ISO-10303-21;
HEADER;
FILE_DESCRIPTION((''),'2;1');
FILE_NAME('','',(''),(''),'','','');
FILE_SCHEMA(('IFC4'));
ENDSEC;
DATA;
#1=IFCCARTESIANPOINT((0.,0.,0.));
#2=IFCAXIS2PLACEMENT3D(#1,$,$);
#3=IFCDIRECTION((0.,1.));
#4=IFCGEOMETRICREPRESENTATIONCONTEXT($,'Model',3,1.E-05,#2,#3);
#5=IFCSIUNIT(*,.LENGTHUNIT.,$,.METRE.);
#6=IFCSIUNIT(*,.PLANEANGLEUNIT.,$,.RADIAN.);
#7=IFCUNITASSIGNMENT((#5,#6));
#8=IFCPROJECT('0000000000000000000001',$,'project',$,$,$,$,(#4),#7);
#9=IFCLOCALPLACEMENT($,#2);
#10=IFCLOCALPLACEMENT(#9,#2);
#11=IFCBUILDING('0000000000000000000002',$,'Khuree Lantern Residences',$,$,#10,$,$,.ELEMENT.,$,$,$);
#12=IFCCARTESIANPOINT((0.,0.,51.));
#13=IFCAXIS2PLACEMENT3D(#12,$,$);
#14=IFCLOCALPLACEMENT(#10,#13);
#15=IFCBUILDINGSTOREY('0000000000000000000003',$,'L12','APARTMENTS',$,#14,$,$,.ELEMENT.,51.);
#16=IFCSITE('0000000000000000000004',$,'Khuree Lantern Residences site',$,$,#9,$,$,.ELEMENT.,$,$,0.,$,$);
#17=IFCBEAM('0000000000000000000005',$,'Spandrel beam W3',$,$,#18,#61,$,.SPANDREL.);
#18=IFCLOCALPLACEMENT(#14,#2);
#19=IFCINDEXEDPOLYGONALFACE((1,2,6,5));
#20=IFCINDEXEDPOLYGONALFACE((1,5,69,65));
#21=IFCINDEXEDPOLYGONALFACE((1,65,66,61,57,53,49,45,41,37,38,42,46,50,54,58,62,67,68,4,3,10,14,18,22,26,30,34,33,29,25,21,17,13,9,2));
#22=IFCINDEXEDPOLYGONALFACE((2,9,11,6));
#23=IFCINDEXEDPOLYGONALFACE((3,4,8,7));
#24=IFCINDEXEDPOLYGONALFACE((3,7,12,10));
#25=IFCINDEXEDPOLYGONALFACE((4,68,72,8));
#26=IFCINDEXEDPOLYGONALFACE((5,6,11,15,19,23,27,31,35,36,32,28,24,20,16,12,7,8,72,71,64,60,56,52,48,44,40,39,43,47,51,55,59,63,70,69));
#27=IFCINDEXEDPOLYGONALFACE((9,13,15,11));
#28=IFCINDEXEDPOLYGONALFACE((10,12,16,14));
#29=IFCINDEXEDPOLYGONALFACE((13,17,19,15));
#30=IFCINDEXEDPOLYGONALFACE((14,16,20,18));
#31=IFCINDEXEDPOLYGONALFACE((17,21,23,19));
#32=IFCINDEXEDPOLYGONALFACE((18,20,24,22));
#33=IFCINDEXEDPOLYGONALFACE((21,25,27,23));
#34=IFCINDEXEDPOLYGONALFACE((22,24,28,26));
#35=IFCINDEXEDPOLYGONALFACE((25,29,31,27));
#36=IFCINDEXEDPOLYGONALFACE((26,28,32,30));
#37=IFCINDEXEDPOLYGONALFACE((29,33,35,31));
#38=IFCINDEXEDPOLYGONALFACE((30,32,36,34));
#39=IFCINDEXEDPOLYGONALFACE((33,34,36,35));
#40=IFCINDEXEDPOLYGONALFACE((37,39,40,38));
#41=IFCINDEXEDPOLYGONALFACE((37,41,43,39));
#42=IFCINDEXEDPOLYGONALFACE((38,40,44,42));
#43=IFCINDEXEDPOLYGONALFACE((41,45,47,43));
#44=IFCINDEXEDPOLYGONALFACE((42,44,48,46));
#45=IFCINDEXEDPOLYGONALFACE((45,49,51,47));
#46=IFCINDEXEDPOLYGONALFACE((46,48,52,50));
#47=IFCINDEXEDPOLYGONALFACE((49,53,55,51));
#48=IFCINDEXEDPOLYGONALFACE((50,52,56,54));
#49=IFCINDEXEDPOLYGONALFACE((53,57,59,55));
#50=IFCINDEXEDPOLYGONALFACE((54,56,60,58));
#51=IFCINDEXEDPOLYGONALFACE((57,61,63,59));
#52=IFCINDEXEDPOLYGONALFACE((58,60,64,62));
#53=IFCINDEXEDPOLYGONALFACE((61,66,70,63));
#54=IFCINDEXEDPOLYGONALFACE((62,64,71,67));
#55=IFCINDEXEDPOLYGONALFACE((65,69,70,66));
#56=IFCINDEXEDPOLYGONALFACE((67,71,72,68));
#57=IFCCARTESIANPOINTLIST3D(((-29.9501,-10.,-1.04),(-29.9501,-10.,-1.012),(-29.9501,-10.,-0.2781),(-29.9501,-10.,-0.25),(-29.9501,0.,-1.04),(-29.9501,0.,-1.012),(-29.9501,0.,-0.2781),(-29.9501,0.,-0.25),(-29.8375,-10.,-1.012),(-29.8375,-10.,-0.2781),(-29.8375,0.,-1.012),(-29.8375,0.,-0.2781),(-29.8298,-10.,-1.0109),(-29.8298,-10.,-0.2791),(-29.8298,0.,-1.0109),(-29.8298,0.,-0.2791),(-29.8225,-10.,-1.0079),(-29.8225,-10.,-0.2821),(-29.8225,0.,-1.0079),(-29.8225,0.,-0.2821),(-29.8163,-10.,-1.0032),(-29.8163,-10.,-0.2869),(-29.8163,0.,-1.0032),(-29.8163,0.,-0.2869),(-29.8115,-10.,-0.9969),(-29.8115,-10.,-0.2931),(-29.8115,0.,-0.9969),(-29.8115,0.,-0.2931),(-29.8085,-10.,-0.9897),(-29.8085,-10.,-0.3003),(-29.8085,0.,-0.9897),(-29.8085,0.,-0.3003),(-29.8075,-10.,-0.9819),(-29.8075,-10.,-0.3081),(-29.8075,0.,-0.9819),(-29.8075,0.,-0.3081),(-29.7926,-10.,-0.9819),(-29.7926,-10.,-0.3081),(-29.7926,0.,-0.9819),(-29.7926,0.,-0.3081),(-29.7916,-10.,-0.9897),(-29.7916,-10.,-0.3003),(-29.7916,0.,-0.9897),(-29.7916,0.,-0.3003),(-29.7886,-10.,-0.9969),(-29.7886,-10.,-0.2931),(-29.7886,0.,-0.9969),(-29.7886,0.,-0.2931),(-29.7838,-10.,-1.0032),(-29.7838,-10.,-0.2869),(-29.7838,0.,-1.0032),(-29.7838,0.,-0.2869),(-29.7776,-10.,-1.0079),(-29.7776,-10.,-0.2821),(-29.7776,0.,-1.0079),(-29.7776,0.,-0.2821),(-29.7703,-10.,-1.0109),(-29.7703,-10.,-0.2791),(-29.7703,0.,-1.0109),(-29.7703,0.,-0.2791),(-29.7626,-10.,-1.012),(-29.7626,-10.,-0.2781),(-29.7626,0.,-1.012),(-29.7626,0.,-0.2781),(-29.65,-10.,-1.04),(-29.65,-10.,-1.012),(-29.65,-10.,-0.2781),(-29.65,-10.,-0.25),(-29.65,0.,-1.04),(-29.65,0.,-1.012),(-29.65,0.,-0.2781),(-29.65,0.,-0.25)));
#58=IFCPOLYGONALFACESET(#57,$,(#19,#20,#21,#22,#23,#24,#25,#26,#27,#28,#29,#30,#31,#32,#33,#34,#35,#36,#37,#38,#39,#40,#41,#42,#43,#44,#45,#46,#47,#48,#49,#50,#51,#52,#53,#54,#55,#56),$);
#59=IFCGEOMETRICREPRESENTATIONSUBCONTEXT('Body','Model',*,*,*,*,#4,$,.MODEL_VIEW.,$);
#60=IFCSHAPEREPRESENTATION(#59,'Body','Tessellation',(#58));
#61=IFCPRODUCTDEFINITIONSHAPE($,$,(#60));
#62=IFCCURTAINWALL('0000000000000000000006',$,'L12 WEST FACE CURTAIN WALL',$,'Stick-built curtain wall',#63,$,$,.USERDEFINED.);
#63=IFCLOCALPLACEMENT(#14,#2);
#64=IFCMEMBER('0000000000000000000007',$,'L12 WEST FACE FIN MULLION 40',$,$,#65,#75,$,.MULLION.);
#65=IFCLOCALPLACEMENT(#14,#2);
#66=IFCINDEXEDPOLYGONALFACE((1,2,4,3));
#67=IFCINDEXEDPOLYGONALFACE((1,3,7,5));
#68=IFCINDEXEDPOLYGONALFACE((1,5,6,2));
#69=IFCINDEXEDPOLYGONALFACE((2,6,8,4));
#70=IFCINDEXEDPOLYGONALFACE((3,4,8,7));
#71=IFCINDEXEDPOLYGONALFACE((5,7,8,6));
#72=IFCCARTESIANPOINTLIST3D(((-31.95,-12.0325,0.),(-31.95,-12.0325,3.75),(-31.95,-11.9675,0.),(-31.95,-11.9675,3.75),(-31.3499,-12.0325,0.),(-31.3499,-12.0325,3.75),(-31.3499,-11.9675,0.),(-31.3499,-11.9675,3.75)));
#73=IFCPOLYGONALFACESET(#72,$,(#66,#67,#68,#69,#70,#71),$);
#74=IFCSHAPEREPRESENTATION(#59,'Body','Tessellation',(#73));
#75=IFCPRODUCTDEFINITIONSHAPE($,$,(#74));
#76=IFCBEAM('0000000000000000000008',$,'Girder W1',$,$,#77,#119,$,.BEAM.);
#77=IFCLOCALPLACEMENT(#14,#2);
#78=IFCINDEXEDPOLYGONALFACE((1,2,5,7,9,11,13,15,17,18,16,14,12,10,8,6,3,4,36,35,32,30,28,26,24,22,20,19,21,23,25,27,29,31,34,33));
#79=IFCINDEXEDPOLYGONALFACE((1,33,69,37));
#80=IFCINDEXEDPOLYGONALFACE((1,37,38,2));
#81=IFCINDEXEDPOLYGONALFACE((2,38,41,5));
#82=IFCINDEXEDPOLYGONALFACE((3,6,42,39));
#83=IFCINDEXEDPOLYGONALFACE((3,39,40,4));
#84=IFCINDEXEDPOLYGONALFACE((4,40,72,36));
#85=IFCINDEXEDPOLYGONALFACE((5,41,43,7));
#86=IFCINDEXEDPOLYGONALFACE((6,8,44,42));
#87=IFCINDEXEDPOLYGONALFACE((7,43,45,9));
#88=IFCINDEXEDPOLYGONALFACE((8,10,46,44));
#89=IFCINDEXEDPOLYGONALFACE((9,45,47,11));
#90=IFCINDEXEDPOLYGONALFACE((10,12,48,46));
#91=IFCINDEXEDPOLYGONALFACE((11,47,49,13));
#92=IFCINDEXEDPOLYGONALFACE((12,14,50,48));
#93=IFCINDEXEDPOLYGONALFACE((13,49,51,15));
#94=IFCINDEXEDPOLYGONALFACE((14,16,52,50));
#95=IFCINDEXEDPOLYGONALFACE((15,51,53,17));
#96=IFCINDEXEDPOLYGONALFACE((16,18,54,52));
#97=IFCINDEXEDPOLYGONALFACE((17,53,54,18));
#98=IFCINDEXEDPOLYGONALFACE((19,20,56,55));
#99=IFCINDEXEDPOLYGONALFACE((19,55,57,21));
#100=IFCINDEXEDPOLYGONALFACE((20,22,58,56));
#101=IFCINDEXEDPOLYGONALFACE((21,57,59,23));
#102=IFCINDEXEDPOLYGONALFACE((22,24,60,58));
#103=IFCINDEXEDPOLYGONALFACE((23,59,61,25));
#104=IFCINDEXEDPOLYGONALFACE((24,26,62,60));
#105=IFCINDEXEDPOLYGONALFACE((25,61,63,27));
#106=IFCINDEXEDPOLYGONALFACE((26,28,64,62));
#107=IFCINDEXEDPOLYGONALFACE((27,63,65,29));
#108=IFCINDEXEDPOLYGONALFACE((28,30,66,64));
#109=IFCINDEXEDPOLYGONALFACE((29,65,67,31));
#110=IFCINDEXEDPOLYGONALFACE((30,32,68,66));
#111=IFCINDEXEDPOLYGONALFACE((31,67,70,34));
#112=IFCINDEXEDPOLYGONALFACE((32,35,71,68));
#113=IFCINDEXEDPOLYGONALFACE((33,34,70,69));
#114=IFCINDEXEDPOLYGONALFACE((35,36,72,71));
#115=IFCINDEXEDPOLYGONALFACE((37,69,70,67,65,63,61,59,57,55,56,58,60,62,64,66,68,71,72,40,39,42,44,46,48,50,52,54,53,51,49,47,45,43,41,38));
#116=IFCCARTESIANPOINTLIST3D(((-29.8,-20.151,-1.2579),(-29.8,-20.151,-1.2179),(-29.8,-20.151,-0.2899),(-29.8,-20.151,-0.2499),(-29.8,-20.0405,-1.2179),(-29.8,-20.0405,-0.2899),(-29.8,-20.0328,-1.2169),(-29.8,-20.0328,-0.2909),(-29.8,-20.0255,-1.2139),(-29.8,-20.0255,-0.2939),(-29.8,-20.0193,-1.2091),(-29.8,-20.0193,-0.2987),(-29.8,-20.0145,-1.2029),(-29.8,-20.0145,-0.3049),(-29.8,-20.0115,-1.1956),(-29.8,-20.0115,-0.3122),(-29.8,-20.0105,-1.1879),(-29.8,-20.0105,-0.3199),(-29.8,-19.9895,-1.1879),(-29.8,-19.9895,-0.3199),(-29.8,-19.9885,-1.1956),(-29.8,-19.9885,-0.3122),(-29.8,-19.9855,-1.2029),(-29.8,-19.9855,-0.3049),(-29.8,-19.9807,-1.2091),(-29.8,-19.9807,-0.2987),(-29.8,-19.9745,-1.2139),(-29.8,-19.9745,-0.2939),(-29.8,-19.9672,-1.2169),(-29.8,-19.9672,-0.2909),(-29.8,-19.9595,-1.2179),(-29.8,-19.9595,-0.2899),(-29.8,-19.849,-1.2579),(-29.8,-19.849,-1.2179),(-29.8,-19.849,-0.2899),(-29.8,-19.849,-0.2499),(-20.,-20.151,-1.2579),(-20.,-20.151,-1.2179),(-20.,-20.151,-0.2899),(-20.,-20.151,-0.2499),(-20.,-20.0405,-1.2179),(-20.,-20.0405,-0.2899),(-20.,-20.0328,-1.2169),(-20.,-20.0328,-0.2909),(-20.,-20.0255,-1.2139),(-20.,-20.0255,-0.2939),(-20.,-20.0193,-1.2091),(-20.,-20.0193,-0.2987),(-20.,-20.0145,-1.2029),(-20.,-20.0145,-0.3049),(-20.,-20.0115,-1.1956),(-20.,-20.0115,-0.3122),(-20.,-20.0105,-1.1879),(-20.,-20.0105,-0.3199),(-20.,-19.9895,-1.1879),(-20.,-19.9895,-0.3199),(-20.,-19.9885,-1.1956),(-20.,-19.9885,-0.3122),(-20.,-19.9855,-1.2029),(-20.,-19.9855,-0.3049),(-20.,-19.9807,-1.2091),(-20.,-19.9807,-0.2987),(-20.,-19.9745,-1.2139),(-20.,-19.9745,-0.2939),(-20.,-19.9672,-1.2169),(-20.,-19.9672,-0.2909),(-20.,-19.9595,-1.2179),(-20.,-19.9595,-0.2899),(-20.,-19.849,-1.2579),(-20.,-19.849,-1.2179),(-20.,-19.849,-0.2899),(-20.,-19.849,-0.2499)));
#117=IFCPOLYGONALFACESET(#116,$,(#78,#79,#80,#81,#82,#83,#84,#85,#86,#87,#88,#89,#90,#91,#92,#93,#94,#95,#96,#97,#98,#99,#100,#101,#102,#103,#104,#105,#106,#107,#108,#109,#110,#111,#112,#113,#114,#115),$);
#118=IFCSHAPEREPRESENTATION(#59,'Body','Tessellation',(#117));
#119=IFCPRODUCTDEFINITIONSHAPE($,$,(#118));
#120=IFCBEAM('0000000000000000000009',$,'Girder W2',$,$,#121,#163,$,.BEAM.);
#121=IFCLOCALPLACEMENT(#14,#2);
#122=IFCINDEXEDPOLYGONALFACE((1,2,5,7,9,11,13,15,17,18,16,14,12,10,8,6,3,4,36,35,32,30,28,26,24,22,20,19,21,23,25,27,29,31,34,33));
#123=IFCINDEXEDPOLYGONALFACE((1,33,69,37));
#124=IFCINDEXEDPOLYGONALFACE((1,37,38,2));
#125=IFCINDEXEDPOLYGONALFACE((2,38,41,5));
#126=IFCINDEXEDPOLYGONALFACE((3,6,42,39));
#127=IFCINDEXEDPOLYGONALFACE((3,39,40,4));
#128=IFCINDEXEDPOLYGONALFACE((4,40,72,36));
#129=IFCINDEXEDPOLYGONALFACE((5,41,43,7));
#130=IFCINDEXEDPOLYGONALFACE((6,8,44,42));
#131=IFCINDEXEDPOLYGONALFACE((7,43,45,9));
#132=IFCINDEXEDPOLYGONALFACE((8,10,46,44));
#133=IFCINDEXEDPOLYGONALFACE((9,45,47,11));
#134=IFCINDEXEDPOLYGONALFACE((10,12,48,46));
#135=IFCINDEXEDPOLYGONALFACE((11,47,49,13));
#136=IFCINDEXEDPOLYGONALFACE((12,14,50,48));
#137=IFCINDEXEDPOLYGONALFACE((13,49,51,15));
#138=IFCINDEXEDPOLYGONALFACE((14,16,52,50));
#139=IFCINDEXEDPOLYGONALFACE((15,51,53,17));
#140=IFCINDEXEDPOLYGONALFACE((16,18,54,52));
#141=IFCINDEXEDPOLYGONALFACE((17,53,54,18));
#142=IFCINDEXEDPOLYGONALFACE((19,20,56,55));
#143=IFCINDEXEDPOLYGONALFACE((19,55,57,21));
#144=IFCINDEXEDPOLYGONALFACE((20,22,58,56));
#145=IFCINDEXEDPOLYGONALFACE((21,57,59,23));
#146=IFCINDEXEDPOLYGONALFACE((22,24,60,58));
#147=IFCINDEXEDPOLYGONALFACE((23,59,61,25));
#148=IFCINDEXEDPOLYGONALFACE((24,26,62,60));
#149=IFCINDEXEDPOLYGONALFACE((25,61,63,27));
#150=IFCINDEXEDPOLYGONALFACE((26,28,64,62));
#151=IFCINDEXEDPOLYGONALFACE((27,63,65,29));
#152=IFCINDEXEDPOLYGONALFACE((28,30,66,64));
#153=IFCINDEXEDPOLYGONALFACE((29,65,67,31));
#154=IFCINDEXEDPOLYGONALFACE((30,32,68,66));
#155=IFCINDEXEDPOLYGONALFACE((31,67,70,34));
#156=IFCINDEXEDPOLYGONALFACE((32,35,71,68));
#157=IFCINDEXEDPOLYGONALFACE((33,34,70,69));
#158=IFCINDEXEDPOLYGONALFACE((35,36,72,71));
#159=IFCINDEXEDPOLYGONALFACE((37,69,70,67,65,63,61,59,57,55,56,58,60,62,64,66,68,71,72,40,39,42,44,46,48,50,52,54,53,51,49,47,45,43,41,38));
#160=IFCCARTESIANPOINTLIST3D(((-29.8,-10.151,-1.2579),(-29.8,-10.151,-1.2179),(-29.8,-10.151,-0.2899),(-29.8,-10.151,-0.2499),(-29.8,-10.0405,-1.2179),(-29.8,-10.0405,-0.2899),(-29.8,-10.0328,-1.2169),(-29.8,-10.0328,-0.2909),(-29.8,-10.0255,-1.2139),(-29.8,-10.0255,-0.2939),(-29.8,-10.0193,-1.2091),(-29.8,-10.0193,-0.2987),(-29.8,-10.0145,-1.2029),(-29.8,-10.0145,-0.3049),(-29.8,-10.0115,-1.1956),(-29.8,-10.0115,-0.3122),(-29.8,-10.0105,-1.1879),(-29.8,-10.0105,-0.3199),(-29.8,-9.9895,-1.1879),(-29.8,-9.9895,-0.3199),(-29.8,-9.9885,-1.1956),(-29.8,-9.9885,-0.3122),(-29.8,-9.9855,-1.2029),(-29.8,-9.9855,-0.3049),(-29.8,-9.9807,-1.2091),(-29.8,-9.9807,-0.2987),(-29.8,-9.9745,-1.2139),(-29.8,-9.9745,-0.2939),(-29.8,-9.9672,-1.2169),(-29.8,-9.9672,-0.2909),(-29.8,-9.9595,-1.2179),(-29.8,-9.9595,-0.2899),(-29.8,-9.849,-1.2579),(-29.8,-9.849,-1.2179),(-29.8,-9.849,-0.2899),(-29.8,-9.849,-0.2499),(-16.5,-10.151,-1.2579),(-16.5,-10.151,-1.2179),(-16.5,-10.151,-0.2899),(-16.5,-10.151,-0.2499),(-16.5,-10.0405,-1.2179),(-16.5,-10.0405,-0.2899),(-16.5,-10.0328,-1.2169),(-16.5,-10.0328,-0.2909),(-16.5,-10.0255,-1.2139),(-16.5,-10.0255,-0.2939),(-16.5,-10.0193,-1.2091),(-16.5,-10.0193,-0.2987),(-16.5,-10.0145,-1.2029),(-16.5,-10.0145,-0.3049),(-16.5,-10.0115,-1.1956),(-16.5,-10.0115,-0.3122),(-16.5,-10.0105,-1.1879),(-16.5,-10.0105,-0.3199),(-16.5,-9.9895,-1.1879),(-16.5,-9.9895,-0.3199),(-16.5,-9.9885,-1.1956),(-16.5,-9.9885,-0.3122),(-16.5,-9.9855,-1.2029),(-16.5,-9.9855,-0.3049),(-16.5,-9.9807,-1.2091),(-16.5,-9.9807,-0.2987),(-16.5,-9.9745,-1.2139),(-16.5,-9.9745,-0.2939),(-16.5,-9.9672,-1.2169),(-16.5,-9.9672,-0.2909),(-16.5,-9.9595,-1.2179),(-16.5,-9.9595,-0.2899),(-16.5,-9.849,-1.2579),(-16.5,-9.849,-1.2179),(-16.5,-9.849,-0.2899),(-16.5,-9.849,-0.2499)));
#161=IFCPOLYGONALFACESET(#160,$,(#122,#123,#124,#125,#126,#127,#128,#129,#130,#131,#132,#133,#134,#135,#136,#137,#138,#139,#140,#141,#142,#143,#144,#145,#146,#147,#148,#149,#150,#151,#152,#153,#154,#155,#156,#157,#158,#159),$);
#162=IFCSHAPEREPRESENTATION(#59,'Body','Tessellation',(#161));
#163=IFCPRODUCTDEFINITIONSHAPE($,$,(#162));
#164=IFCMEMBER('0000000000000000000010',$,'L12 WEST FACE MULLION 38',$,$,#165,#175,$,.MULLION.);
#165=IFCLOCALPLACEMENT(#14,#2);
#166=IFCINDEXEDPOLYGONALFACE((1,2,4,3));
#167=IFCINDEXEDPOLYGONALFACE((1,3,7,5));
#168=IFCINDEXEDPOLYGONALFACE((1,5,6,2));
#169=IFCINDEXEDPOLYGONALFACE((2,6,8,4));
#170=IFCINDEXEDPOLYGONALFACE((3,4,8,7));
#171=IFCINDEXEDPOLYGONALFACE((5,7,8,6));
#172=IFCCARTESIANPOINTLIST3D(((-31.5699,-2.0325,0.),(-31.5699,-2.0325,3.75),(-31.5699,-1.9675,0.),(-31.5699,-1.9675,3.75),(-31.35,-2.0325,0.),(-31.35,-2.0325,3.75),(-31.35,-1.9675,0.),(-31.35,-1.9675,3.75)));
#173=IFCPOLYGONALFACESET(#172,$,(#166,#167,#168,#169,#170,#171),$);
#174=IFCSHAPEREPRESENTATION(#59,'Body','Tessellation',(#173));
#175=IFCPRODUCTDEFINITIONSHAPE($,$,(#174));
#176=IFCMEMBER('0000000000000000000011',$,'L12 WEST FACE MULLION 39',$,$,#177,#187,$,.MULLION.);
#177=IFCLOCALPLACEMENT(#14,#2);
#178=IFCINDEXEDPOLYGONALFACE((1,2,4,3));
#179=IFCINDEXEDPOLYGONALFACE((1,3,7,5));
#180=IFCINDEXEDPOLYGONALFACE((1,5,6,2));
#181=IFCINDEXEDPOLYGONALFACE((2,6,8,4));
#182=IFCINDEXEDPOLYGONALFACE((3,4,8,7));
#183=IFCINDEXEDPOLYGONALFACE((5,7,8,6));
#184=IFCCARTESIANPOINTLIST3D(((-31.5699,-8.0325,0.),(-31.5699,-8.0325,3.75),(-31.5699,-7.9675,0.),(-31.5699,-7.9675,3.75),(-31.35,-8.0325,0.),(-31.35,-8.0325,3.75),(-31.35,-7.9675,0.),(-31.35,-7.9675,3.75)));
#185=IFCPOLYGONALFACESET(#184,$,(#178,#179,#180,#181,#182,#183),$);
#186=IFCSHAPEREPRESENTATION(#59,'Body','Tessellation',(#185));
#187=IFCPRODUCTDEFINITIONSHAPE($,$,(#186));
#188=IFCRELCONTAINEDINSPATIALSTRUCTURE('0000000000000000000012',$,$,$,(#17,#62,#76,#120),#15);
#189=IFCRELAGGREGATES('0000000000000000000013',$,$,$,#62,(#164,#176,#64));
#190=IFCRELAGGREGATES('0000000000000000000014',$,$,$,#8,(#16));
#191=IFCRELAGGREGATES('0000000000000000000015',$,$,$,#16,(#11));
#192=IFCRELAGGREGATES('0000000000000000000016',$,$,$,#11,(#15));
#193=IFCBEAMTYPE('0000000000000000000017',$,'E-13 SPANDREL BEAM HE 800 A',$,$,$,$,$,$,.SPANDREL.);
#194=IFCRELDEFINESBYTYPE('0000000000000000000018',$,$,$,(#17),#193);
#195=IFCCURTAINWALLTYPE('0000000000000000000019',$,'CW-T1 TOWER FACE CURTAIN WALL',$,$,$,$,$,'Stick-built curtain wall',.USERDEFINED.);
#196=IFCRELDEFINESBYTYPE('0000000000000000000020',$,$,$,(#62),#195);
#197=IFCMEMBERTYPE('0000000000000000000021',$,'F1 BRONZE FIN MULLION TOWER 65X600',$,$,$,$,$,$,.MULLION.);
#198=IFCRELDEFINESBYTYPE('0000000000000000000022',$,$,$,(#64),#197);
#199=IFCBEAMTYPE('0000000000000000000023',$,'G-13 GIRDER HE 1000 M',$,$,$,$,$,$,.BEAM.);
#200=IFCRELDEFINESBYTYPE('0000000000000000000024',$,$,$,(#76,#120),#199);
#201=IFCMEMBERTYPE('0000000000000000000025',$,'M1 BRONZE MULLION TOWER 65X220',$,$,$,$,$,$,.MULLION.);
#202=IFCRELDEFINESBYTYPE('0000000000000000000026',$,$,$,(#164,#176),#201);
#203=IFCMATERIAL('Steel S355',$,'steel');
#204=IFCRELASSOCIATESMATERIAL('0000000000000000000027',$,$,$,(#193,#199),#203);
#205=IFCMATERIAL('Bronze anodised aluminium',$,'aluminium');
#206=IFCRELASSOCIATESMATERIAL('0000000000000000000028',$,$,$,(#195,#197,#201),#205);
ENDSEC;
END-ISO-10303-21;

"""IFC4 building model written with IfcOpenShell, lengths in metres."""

from ifc_helpers import new_model, si_unit, direction, frame, origin, origin_2d, place, context, subcontext, project, spatial, rectangle, i_section, extrude, material, material_profile, profile_set, type_object, element, aggregate, save


model = new_model("IFC4")

# Units and contexts
model_context = context("Model", 3, precision=1e-05, world=origin(), true_north=direction((0.0, 1.0)))
body_context = subcontext(model_context, "Body", "Model", "MODEL_VIEW")
ifc_project = project(units=[si_unit("LENGTHUNIT", "METRE"), si_unit("PLANEANGLEUNIT", "RADIAN")], contexts=[model_context])

# Site, building, storey
site_placement = place(None, origin())
site = spatial("IfcSite", under=ifc_project, at=site_placement, Name="Khuree Lantern Residences site", CompositionType="ELEMENT", RefElevation=0.0)
building_placement = place(site_placement, origin())
building = spatial("IfcBuilding", under=site, at=building_placement, Name="Khuree Lantern Residences", CompositionType="ELEMENT")
storey_placement = place(building_placement, frame((0.0, 0.0, 51.0)))
storey = spatial("IfcBuildingStorey", under=building, at=storey_placement, Name="L12", Description="APARTMENTS", CompositionType="ELEMENT", Elevation=51.0)

# Beam
ifc_material_1 = material(Name="Steel S355", Category="steel")
ifc_material_profile_1 = material_profile(ifc_material_1, i_section(OverallWidth=0.3, OverallDepth=0.79, WebThickness=0.0149, FlangeThickness=0.0281, FilletRadius=0.03, at=origin_2d()), Name="HE 800 A")
ifc_profile_set_1 = profile_set([ifc_material_profile_1], Name="Steel S355")
beam_type_1 = type_object("IfcBeamType", Name="E-13 SPANDREL BEAM HE 800 A", PredefinedType="SPANDREL", material=ifc_profile_set_1)
for number, where, z_axis, x_axis, name in (
    (1, (-29.8, -10.0, -0.645), (0.0, 1.0, 0.0), (-1.0, 0.0, 0.0), "Spandrel beam W3"),
):
    element("IfcBeam", number, at=place(storey_placement, frame(where, z_axis=z_axis, x_axis=x_axis)), inside=storey, type_object=beam_type_1, Name=name, PredefinedType="SPANDREL", context=body_context, shape_type="SweptSolid", body=[
        extrude(i_section(OverallWidth=0.3, OverallDepth=0.79, WebThickness=0.0149, FlangeThickness=0.0281, FilletRadius=0.03, at=origin_2d()), origin(), (0.0, 0.0, 1.0), 10.0),
    ])

# Curtain wall, member
ifc_material_2 = material(Name="Bronze anodised aluminium", Category="aluminium")
curtain_wall_type = type_object("IfcCurtainWallType", Name="CW-T1 TOWER FACE CURTAIN WALL", ElementType="Stick-built curtain wall", PredefinedType="USERDEFINED", material=ifc_material_2)
curtain_wall_placement = place(storey_placement, origin())
curtain_wall = element("IfcCurtainWall", 2, at=curtain_wall_placement, inside=storey, type_object=curtain_wall_type, Name="L12 WEST FACE CURTAIN WALL", ObjectType="Stick-built curtain wall", PredefinedType="USERDEFINED")
ifc_material_profile_2 = material_profile(ifc_material_2, rectangle(XDim=0.0649, YDim=0.6001, at=origin_2d()), Name="F1 65X600")
ifc_profile_set_2 = profile_set([ifc_material_profile_2], Name="Bronze anodised aluminium")
member_type_1 = type_object("IfcMemberType", Name="F1 BRONZE FIN MULLION TOWER 65X600", PredefinedType="MULLION", material=ifc_profile_set_2)
member_1_placement = place(storey_placement, frame((-31.6499, -12.0, 0.0), z_axis=(0.0, 0.0, 1.0), x_axis=(0.0, -1.0, 0.0)))
member_1 = element("IfcMember", 3, at=member_1_placement, type_object=member_type_1, Name="L12 WEST FACE FIN MULLION 40", PredefinedType="MULLION", context=body_context, shape_type="SweptSolid", body=[
    extrude(rectangle(XDim=0.0649, YDim=0.6001, at=origin_2d()), origin(), (0.0, 0.0, 1.0), 3.75),
])

# Beams
ifc_material_profile_3 = material_profile(ifc_material_1, i_section(OverallWidth=0.302, OverallDepth=1.0081, WebThickness=0.021, FlangeThickness=0.04, FilletRadius=0.03, at=origin_2d()), Name="HE 1000 M")
ifc_profile_set_3 = profile_set([ifc_material_profile_3], Name="Steel S355")
beam_type_2 = type_object("IfcBeamType", Name="G-13 GIRDER HE 1000 M", PredefinedType="BEAM", material=ifc_profile_set_3)
beam_1_placement = place(storey_placement, frame((-29.8, -20.0, -0.7539), z_axis=(1.0, 0.0, 0.0), x_axis=(0.0, 1.0, 0.0)))
element("IfcBeam", 4, at=beam_1_placement, inside=storey, type_object=beam_type_2, Name="Girder W1", PredefinedType="BEAM", context=body_context, shape_type="SweptSolid", body=[
    extrude(i_section(OverallWidth=0.302, OverallDepth=1.0081, WebThickness=0.021, FlangeThickness=0.04, FilletRadius=0.03, at=origin_2d()), origin(), (0.0, 0.0, 1.0), 9.8),
])
beam_2_placement = place(storey_placement, frame((-29.8, -10.0, -0.7539), z_axis=(1.0, 0.0, 0.0), x_axis=(0.0, 1.0, 0.0)))
element("IfcBeam", 5, at=beam_2_placement, inside=storey, type_object=beam_type_2, Name="Girder W2", PredefinedType="BEAM", context=body_context, shape_type="SweptSolid", body=[
    extrude(i_section(OverallWidth=0.302, OverallDepth=1.0081, WebThickness=0.021, FlangeThickness=0.04, FilletRadius=0.03, at=origin_2d()), origin(), (0.0, 0.0, 1.0), 13.3),
])

# Members
ifc_material_profile_4 = material_profile(ifc_material_2, rectangle(XDim=0.0649, YDim=0.22, at=origin_2d()), Name="M1 65X220")
ifc_profile_set_4 = profile_set([ifc_material_profile_4], Name="Bronze anodised aluminium")
member_type_2 = type_object("IfcMemberType", Name="M1 BRONZE MULLION TOWER 65X220", PredefinedType="MULLION", material=ifc_profile_set_4)
member_2_placement = place(storey_placement, frame((-31.46, -2.0, 0.0), z_axis=(0.0, 0.0, 1.0), x_axis=(0.0, -1.0, 0.0)))
member_2 = element("IfcMember", 6, at=member_2_placement, type_object=member_type_2, Name="L12 WEST FACE MULLION 38", PredefinedType="MULLION", context=body_context, shape_type="SweptSolid", body=[
    extrude(rectangle(XDim=0.0649, YDim=0.22, at=origin_2d()), origin(), (0.0, 0.0, 1.0), 3.75),
])
member_3_placement = place(storey_placement, frame((-31.46, -8.0, 0.0), z_axis=(0.0, 0.0, 1.0), x_axis=(0.0, -1.0, 0.0)))
member_3 = element("IfcMember", 7, at=member_3_placement, type_object=member_type_2, Name="L12 WEST FACE MULLION 39", PredefinedType="MULLION", context=body_context, shape_type="SweptSolid", body=[
    extrude(rectangle(XDim=0.0649, YDim=0.22, at=origin_2d()), origin(), (0.0, 0.0, 1.0), 3.75),
])

aggregate(curtain_wall, [member_2, member_3, member_1])

save(model, "model.ifc")
